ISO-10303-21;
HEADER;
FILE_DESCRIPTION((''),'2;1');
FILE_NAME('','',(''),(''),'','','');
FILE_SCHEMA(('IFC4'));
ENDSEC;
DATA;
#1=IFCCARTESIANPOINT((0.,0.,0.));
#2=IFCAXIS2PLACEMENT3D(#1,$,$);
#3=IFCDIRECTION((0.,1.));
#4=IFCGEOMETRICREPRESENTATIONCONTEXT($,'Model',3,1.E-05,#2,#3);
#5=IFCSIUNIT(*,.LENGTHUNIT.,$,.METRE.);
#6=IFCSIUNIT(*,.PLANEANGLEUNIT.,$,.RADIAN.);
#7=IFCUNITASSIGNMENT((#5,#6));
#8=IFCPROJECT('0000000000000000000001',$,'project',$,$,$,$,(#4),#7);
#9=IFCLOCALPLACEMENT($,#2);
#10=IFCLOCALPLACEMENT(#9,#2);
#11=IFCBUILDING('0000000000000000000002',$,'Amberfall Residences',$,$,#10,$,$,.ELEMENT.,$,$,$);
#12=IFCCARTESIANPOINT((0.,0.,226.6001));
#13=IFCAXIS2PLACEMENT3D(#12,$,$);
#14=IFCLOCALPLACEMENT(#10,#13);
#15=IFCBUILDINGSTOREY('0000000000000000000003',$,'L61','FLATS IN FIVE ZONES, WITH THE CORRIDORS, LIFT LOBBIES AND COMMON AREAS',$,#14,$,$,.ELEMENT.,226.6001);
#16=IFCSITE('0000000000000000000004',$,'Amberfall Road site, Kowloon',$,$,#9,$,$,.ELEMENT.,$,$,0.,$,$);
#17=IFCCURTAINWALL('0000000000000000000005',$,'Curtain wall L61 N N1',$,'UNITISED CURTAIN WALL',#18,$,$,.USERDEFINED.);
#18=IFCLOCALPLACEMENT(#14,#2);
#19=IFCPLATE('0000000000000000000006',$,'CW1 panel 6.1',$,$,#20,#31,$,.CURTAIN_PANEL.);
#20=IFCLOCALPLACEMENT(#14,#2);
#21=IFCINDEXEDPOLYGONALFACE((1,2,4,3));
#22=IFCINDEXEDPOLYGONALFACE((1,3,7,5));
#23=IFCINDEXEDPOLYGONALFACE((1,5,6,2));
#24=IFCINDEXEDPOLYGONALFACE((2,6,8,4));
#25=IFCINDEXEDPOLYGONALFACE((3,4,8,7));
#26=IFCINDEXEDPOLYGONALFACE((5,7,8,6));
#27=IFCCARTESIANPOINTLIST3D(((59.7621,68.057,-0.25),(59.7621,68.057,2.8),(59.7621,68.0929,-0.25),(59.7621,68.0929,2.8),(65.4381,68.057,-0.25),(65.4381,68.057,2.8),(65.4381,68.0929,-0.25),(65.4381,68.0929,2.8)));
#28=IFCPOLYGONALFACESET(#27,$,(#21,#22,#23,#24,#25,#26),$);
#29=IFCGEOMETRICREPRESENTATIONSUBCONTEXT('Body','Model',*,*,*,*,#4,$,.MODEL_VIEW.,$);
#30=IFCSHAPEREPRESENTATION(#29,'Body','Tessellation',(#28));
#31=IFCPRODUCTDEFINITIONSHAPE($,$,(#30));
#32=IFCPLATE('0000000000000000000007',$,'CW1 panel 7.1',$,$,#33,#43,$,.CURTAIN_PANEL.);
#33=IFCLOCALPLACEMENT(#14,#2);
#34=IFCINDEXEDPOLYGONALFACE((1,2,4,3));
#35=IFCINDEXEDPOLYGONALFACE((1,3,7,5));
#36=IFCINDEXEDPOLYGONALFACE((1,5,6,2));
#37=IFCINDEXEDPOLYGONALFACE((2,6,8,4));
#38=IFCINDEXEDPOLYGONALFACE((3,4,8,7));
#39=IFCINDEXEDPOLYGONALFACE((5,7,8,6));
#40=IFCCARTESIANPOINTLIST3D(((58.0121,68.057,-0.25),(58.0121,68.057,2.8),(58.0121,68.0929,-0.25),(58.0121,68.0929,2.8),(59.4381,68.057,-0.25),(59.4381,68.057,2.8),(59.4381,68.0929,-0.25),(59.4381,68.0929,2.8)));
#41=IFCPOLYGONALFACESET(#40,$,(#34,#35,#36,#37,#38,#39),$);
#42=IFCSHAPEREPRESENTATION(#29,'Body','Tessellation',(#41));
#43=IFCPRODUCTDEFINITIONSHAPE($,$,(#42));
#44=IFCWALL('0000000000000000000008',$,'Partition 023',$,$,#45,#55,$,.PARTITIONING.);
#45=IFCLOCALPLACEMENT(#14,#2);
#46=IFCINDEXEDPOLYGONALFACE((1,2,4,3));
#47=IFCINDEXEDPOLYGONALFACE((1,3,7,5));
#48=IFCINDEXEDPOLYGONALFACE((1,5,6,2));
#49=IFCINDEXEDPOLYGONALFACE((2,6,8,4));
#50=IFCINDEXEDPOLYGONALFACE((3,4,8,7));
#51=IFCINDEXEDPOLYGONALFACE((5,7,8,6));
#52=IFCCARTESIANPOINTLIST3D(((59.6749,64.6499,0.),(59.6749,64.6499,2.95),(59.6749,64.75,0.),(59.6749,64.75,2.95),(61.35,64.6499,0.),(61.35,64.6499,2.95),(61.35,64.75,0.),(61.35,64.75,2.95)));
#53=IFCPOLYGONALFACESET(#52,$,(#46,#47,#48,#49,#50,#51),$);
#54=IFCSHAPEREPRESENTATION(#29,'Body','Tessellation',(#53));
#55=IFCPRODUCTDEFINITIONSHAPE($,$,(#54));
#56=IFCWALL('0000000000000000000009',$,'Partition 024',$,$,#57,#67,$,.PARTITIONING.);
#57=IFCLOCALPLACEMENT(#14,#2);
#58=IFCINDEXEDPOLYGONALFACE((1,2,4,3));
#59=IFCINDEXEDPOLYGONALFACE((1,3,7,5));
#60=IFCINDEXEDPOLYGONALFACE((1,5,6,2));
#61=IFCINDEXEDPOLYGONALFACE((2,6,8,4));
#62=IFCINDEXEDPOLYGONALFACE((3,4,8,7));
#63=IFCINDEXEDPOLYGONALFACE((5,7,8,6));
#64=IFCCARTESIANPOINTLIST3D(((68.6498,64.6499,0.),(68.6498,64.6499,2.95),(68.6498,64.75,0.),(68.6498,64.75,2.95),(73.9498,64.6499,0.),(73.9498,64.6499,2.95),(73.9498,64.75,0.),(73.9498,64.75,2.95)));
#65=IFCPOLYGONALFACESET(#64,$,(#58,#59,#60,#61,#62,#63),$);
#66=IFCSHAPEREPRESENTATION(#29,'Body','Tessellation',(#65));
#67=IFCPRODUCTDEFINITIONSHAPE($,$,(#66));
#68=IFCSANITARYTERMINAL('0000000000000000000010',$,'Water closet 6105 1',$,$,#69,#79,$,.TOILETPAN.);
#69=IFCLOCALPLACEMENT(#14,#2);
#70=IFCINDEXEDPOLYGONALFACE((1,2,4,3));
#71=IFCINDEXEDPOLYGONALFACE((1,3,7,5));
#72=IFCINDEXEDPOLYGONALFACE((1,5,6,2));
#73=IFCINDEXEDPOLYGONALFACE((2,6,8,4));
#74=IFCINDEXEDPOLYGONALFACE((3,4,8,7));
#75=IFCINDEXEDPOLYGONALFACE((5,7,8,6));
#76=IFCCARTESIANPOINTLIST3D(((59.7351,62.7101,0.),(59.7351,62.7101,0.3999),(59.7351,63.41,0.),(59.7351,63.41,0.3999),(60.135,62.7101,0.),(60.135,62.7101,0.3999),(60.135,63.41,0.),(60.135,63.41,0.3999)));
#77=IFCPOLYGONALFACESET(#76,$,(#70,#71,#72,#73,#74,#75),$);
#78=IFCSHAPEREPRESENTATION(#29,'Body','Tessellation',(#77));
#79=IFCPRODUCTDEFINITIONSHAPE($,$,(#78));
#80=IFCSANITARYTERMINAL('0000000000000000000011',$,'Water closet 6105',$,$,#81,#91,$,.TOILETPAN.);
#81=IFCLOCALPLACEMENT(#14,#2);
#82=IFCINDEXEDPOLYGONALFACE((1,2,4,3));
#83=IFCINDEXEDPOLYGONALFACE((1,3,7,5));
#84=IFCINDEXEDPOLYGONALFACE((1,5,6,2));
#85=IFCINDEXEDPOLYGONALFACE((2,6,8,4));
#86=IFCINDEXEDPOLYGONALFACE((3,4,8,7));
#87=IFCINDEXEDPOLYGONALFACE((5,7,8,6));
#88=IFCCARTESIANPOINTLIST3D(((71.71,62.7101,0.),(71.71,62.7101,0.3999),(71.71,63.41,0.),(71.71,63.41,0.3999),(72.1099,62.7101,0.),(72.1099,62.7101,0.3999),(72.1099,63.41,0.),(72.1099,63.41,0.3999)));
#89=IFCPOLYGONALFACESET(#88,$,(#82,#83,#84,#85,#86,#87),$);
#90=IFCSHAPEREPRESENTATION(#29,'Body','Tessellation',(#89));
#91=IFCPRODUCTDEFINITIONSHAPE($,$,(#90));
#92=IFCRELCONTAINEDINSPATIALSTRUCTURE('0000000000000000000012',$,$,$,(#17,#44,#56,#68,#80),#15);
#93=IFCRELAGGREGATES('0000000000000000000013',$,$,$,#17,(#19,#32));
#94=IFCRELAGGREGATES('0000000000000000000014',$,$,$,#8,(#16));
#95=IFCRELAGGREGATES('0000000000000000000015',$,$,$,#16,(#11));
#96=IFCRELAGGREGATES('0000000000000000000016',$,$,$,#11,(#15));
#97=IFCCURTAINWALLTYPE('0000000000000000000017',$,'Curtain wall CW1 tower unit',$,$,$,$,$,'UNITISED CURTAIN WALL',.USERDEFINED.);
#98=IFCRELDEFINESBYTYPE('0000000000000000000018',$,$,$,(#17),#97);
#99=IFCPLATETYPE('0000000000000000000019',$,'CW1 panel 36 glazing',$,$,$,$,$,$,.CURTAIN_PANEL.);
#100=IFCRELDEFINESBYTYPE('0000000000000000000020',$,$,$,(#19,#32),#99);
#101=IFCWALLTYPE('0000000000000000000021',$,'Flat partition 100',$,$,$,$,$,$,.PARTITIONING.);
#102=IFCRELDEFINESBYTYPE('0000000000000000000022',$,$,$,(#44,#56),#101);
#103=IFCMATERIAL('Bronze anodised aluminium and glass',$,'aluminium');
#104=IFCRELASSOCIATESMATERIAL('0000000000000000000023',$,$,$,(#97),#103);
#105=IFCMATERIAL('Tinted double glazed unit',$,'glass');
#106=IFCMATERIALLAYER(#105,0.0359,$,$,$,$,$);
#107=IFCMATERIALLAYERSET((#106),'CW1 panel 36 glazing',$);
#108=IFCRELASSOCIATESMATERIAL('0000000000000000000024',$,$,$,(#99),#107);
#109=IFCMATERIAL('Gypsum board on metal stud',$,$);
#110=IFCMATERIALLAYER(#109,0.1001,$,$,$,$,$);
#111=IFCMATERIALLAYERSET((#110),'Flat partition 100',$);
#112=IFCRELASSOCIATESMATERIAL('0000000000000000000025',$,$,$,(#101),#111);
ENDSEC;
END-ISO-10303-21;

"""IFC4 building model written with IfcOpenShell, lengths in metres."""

from ifc_helpers import new_model, si_unit, direction, frame, frame_2d, origin, origin_2d, place, context, subcontext, project, spatial, rectangle, extrude, material, layer, layer_set, type_object, element, aggregate, save


model = new_model("IFC4")

# Units and contexts
model_context = context("Model", 3, precision=1e-05, world=origin(), true_north=direction((0.0, 1.0)))
body_context = subcontext(model_context, "Body", "Model", "MODEL_VIEW")
ifc_project = project(units=[si_unit("LENGTHUNIT", "METRE"), si_unit("PLANEANGLEUNIT", "RADIAN")], contexts=[model_context])

# Site, building, storey
site_placement = place(None, origin())
site = spatial("IfcSite", under=ifc_project, at=site_placement, Name="Amberfall Road site, Kowloon", CompositionType="ELEMENT", RefElevation=0.0)
building_placement = place(site_placement, origin())
building = spatial("IfcBuilding", under=site, at=building_placement, Name="Amberfall Residences", CompositionType="ELEMENT")
storey_placement = place(building_placement, frame((0.0, 0.0, 226.6001)))
storey = spatial("IfcBuildingStorey", under=building, at=storey_placement, Name="L61", Description="FLATS IN FIVE ZONES, WITH THE CORRIDORS, LIFT LOBBIES AND COMMON AREAS", CompositionType="ELEMENT", Elevation=226.6001)

# Curtain wall
ifc_material_1 = material(Name="Bronze anodised aluminium and glass", Category="aluminium")
curtain_wall_type = type_object("IfcCurtainWallType", Name="Curtain wall CW1 tower unit", ElementType="UNITISED CURTAIN WALL", PredefinedType="USERDEFINED", material=ifc_material_1)
curtain_wall_placement = place(storey_placement, origin())
curtain_wall = element("IfcCurtainWall", 1, at=curtain_wall_placement, inside=storey, type_object=curtain_wall_type, Name="Curtain wall L61 N N1", ObjectType="UNITISED CURTAIN WALL", PredefinedType="USERDEFINED")

# Plates
ifc_material_2 = material(Name="Tinted double glazed unit", Category="glass")
ifc_layer_1 = layer(ifc_material_2, 0.0359)
ifc_layer_set_1 = layer_set([ifc_layer_1], Name="CW1 panel 36 glazing")
plate_type = type_object("IfcPlateType", Name="CW1 panel 36 glazing", PredefinedType="CURTAIN_PANEL", material=ifc_layer_set_1)
plate_1_placement = place(storey_placement, frame((62.6001, 68.075, -0.25), z_axis=(0.0, 0.0, 1.0), x_axis=(-1.0, 0.0, 0.0)))
plate_1 = element("IfcPlate", 2, at=plate_1_placement, type_object=plate_type, Name="CW1 panel 6.1", PredefinedType="CURTAIN_PANEL", context=body_context, shape_type="SweptSolid", body=[
    extrude(rectangle(XDim=5.676, YDim=0.0359, at=origin_2d()), origin(), (0.0, 0.0, 1.0), 3.05),
])
plate_2_placement = place(storey_placement, frame((58.7251, 68.075, -0.25), z_axis=(0.0, 0.0, 1.0), x_axis=(-1.0, 0.0, 0.0)))
plate_2 = element("IfcPlate", 3, at=plate_2_placement, type_object=plate_type, Name="CW1 panel 7.1", PredefinedType="CURTAIN_PANEL", context=body_context, shape_type="SweptSolid", body=[
    extrude(rectangle(XDim=1.426, YDim=0.0359, at=origin_2d()), origin(), (0.0, 0.0, 1.0), 3.05),
])
aggregate(curtain_wall, [plate_1, plate_2])

# Walls
ifc_material_3 = material(Name="Gypsum board on metal stud")
ifc_layer_2 = layer(ifc_material_3, 0.1001)
ifc_layer_set_2 = layer_set([ifc_layer_2], Name="Flat partition 100")
wall_type = type_object("IfcWallType", Name="Flat partition 100", PredefinedType="PARTITIONING", material=ifc_layer_set_2)
wall_1_placement = place(storey_placement, frame((59.675, 64.7, 0.0), z_axis=(0.0, 0.0, 1.0), x_axis=(1.0, 0.0, 0.0)))
element("IfcWall", 4, at=wall_1_placement, inside=storey, type_object=wall_type, Name="Partition 023", PredefinedType="PARTITIONING", context=body_context, shape_type="SweptSolid", body=[
    extrude(rectangle(XDim=1.675, YDim=0.1001, at=frame_2d((0.8374, 0.0))), origin(), (0.0, 0.0, 1.0), 2.95),
])
wall_2_placement = place(storey_placement, frame((68.6499, 64.7, 0.0), z_axis=(0.0, 0.0, 1.0), x_axis=(1.0, 0.0, 0.0)))
element("IfcWall", 5, at=wall_2_placement, inside=storey, type_object=wall_type, Name="Partition 024", PredefinedType="PARTITIONING", context=body_context, shape_type="SweptSolid", body=[
    extrude(rectangle(XDim=5.3, YDim=0.1001, at=frame_2d((2.6499, 0.0))), origin(), (0.0, 0.0, 1.0), 2.95),
])

# Sanitary terminals
for number, where, z_axis, x_axis, name in (
    (6, (59.9351, 63.0601, 0.0), (0.0, 0.0, 1.0), (1.0, 0.0, 0.0), "Water closet 6105 1"),
    (7, (71.9099, 63.0601, 0.0), (0.0, 0.0, 1.0), (1.0, 0.0, 0.0), "Water closet 6105"),
):
    element("IfcSanitaryTerminal", number, at=place(storey_placement, frame(where, z_axis=z_axis, x_axis=x_axis)), inside=storey, Name=name, PredefinedType="TOILETPAN", context=body_context, shape_type="SweptSolid", body=[
        extrude(rectangle(XDim=0.3999, YDim=0.7, at=origin_2d()), origin(), (0.0, 0.0, 1.0), 0.3999),
    ])

save(model, "model.ifc")
